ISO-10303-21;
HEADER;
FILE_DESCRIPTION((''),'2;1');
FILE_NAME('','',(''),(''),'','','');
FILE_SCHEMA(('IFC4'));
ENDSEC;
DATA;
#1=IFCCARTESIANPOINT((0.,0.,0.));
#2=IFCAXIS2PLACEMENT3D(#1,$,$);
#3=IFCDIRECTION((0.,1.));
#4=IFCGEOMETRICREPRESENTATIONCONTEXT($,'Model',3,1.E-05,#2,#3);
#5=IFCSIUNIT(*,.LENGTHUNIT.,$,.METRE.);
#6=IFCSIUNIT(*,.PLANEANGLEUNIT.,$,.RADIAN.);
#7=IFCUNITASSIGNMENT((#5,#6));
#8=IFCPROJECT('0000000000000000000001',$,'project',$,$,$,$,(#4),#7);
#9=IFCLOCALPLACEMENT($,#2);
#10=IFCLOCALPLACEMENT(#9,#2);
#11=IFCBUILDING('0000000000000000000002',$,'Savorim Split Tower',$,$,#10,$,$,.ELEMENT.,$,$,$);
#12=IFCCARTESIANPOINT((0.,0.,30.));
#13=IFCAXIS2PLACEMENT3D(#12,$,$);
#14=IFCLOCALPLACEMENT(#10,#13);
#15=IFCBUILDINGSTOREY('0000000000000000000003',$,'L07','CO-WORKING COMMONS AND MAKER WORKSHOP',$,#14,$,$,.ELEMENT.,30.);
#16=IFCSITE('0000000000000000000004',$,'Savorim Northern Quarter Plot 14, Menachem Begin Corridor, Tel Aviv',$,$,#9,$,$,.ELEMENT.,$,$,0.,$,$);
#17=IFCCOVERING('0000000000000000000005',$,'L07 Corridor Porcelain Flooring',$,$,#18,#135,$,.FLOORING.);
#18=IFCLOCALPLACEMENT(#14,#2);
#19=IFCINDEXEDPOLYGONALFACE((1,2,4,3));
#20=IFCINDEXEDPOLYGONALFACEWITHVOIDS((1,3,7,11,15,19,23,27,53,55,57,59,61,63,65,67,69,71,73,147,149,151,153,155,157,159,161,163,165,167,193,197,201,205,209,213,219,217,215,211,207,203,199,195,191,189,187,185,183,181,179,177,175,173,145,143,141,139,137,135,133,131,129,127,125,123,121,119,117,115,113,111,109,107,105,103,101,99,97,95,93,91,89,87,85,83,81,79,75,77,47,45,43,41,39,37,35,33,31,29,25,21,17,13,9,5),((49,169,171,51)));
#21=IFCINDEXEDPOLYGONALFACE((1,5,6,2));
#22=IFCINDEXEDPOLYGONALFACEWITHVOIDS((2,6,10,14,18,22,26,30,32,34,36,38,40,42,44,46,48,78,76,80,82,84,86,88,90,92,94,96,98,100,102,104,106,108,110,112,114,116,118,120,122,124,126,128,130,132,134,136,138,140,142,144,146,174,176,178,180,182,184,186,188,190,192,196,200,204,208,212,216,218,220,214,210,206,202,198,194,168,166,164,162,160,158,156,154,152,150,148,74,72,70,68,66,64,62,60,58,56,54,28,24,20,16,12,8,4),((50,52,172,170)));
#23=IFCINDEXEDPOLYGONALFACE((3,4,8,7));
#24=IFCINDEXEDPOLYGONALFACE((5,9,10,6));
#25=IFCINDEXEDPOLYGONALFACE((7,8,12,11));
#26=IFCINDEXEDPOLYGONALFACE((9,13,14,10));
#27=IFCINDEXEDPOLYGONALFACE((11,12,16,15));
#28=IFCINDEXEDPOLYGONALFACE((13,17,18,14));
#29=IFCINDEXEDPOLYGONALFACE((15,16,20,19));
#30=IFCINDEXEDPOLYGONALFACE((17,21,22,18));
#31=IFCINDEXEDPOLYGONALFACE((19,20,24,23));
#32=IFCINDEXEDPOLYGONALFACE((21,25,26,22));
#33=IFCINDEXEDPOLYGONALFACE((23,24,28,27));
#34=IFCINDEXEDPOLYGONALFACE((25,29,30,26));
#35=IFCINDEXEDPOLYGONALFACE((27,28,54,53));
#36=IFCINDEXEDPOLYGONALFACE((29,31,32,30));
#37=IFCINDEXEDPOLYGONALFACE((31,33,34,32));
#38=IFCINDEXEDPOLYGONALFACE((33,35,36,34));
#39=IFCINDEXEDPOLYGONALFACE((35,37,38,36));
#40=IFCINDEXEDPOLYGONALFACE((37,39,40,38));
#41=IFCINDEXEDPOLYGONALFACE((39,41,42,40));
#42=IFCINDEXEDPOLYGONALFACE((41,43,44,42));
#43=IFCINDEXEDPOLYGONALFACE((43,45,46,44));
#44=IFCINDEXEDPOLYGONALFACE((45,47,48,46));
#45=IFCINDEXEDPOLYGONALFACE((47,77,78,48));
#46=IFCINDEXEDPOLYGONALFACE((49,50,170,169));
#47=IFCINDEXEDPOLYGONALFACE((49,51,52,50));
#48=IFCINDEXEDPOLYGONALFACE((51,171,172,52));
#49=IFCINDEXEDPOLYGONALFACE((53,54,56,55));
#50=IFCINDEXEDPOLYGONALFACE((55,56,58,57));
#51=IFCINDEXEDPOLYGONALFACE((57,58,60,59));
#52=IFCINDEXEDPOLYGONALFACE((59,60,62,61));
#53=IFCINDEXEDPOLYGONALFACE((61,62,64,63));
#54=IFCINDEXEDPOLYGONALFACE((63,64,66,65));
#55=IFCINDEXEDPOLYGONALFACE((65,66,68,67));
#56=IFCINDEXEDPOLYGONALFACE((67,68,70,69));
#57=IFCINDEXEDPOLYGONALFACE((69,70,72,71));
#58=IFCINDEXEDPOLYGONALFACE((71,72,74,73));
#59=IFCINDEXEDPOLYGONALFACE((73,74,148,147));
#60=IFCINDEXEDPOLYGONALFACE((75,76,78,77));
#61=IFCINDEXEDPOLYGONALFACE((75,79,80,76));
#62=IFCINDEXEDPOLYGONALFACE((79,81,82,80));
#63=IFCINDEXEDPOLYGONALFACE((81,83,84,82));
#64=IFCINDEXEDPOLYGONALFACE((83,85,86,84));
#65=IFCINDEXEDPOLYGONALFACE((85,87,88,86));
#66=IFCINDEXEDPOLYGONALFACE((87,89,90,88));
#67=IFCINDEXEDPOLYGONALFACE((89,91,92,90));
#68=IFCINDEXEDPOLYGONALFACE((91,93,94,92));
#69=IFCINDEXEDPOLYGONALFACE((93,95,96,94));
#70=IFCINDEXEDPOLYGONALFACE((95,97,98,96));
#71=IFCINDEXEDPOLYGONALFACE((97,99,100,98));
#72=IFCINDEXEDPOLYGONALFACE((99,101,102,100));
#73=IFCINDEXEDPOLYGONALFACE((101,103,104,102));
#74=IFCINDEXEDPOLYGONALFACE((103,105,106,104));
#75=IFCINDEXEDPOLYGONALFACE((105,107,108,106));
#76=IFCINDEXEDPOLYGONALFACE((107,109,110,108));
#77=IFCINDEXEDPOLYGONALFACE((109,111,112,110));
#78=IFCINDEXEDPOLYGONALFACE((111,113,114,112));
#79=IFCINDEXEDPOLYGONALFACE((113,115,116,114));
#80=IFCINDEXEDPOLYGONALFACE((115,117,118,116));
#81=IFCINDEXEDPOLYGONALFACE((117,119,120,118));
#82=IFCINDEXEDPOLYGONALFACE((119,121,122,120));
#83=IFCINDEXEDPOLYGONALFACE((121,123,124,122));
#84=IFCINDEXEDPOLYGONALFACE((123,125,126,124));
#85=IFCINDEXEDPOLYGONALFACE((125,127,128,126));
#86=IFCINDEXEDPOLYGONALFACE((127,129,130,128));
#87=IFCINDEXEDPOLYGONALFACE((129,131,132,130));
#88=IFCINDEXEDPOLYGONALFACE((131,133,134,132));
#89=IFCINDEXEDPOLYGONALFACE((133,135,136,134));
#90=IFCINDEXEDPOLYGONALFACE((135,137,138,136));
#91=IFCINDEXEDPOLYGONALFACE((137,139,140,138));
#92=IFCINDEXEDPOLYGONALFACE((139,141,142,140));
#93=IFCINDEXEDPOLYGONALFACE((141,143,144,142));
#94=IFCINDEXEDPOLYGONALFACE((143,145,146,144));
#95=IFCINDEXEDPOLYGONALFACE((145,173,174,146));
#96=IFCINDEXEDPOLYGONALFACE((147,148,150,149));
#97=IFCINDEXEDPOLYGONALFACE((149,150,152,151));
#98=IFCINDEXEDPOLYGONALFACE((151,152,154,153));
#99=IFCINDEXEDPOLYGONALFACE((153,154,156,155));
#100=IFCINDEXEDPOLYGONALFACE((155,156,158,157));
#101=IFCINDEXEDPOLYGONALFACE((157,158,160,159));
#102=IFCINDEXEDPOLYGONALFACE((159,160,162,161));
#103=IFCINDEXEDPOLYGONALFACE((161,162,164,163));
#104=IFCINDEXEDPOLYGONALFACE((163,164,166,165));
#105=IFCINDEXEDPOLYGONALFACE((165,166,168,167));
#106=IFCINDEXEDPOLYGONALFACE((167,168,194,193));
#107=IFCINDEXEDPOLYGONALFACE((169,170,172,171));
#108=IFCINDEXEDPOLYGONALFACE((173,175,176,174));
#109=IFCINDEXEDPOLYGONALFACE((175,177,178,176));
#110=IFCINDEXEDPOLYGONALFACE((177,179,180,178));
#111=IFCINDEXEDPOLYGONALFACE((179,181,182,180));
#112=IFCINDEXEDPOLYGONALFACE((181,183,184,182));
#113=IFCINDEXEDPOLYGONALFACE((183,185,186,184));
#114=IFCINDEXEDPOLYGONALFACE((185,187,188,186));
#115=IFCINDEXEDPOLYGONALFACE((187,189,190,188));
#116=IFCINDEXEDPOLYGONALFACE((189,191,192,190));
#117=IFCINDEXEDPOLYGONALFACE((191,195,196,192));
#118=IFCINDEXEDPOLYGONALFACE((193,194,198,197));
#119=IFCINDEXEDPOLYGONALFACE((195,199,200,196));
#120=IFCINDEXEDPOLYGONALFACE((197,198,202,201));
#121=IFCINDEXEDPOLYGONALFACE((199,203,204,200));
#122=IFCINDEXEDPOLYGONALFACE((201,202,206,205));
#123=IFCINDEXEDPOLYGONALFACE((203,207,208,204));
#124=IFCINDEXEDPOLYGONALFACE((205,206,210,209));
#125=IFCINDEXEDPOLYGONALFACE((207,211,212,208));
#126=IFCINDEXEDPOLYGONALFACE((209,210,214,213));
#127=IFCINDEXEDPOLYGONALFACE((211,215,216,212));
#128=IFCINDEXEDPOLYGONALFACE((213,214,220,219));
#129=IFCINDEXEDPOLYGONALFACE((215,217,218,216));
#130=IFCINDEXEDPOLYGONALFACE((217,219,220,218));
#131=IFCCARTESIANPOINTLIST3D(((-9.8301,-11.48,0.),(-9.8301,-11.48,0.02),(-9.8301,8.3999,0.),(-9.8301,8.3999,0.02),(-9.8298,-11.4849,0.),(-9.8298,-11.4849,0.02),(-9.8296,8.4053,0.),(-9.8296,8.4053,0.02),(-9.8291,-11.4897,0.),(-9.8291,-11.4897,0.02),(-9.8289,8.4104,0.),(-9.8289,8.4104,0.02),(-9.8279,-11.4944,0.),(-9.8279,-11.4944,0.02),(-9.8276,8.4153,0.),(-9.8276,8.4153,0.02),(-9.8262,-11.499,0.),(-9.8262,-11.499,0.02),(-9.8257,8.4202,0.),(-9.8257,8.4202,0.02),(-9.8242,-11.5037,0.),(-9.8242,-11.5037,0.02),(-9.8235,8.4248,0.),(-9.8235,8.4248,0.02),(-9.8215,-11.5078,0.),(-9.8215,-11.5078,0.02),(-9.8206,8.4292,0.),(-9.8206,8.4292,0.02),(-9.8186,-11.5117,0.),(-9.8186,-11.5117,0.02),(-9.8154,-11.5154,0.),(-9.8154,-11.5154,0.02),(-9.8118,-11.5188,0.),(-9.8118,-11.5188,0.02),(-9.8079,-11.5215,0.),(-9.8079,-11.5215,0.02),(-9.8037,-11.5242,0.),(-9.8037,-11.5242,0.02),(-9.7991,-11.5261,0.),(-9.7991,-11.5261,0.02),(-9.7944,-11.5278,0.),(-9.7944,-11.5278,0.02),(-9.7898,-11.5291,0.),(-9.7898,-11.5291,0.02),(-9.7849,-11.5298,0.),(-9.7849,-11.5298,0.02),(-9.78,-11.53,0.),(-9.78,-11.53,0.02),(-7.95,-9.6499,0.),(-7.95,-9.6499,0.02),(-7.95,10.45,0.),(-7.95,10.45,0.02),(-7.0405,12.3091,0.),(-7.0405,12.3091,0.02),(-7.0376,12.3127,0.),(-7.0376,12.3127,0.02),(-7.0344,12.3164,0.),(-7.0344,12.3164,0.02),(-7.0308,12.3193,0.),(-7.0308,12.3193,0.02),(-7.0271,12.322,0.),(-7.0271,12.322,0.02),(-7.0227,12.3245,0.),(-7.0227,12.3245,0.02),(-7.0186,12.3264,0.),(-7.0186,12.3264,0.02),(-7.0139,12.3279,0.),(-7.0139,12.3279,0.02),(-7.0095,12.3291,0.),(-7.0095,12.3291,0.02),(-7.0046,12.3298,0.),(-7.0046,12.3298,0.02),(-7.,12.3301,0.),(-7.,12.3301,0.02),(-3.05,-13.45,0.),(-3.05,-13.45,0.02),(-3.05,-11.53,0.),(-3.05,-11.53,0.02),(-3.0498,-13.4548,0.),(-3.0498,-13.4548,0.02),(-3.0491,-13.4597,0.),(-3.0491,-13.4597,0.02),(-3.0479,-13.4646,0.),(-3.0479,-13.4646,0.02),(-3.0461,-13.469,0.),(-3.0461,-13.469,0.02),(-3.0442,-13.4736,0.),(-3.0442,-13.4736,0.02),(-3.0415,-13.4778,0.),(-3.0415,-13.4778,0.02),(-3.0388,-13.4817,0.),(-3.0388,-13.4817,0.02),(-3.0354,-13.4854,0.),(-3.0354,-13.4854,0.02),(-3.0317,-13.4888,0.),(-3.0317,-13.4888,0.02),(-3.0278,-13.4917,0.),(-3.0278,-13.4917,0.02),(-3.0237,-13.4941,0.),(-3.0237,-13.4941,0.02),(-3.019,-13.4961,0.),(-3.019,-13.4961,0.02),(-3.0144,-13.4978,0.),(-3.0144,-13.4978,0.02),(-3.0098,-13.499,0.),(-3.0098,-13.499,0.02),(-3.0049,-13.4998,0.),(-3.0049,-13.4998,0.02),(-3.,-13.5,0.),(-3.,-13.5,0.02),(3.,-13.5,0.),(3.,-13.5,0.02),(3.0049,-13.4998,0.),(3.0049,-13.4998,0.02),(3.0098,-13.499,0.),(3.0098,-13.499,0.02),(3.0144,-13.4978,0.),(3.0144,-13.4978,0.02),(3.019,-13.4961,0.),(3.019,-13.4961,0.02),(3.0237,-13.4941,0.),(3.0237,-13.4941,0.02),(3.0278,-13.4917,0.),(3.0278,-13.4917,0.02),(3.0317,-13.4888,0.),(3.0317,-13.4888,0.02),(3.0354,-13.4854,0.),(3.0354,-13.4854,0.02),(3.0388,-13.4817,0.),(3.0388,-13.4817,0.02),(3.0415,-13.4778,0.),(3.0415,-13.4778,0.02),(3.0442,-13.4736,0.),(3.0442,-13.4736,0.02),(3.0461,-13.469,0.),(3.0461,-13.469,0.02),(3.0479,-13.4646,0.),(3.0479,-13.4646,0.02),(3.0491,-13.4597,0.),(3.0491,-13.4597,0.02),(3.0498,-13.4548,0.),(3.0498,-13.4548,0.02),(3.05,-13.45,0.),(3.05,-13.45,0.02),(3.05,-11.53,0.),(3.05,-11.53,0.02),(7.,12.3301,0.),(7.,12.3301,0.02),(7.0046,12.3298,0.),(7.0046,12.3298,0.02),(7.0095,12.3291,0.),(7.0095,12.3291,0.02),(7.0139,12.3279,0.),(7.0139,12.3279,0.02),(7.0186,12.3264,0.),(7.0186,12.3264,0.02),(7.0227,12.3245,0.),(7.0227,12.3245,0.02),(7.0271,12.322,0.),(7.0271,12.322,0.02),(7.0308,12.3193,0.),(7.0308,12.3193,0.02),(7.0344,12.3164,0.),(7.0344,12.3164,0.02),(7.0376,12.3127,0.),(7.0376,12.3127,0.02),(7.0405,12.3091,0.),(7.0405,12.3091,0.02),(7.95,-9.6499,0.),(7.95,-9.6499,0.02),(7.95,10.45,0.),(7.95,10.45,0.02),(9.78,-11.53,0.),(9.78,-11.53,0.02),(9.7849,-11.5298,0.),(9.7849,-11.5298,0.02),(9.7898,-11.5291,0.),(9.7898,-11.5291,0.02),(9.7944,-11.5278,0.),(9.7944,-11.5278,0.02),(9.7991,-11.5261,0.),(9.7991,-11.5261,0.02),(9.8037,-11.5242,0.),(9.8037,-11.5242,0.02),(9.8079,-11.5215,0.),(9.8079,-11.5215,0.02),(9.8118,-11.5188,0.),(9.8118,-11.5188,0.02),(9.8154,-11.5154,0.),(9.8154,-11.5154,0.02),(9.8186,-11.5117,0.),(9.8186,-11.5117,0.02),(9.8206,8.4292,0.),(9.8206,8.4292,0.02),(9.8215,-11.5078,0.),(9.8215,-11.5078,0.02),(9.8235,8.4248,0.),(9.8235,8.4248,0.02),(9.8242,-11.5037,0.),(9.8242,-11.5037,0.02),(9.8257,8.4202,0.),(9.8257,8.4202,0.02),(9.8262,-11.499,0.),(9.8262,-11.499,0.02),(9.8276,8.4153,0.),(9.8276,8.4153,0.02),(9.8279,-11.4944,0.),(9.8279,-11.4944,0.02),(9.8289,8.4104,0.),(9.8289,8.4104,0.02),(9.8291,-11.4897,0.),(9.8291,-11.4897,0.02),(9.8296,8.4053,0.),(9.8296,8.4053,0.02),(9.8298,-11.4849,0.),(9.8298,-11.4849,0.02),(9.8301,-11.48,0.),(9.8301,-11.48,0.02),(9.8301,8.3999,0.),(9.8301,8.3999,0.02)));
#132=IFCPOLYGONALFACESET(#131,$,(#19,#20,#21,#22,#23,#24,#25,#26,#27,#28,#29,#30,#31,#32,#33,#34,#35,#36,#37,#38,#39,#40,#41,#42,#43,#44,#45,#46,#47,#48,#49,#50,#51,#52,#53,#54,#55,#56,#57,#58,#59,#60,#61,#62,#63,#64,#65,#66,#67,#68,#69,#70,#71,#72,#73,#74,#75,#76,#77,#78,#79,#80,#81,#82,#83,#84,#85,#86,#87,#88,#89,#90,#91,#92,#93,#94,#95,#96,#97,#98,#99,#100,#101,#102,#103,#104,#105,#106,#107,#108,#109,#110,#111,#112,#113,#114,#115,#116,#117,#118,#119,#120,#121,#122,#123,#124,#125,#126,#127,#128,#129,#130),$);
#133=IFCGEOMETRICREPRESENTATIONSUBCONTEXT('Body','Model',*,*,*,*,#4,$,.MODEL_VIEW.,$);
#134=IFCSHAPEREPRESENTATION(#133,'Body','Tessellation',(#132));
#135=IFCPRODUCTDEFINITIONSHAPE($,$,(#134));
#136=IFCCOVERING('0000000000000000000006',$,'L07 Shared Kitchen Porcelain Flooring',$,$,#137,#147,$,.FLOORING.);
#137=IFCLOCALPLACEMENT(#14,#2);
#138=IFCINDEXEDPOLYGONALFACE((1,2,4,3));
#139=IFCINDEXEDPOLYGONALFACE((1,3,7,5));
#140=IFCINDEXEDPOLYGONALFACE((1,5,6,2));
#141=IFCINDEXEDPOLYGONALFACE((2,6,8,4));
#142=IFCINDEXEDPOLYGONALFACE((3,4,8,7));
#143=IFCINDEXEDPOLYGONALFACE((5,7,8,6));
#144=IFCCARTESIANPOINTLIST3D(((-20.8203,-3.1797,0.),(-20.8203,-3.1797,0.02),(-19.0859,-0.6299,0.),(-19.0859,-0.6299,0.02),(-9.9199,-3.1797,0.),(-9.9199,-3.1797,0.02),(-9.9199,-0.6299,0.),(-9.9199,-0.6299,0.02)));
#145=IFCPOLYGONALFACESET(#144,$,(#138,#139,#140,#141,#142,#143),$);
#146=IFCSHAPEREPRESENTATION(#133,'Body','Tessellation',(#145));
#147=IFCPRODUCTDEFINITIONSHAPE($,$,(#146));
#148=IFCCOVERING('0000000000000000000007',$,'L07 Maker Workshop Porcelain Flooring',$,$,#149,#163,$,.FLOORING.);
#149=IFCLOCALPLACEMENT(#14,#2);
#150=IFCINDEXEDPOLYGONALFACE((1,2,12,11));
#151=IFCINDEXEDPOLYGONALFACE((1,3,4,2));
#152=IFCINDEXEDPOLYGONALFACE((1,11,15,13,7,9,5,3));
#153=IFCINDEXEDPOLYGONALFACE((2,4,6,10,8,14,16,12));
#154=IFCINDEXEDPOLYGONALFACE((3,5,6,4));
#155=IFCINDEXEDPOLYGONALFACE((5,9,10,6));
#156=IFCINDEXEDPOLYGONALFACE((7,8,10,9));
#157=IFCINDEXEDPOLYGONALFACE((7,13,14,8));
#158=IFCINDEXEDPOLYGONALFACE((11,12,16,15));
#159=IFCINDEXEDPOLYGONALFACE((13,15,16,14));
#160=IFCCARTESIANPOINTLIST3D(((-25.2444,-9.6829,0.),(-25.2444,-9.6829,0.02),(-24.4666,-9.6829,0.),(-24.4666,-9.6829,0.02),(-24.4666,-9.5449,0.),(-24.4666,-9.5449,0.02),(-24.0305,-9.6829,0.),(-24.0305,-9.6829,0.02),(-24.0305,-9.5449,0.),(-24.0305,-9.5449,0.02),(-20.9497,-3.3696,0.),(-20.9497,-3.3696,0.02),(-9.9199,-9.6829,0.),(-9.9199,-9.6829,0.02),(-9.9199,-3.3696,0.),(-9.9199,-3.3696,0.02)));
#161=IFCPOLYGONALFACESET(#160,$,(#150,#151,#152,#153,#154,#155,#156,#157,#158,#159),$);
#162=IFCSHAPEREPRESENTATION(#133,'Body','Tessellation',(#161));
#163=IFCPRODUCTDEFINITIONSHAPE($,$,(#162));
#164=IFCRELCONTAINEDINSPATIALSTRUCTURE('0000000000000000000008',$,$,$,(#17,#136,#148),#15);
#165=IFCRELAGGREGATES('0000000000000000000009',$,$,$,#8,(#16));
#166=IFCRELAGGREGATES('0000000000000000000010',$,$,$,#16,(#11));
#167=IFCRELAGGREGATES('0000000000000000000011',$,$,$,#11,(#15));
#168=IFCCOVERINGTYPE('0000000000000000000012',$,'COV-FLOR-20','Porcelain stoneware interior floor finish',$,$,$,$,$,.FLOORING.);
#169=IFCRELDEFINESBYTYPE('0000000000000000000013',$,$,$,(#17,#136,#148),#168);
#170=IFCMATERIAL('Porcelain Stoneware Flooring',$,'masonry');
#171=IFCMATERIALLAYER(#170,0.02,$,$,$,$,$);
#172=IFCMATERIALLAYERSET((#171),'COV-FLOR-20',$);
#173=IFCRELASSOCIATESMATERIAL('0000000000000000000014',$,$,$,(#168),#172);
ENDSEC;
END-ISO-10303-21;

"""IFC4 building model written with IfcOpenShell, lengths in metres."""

from ifc_helpers import new_model, si_unit, direction, frame, origin, place, context, subcontext, project, spatial, polyline, outline, extrude, material, layer, layer_set, type_object, element, save


model = new_model("IFC4")

# Units and contexts
model_context = context("Model", 3, precision=1e-05, world=origin(), true_north=direction((0.0, 1.0)))
body_context = subcontext(model_context, "Body", "Model", "MODEL_VIEW")
ifc_project = project(units=[si_unit("LENGTHUNIT", "METRE"), si_unit("PLANEANGLEUNIT", "RADIAN")], contexts=[model_context])

# Site, building, storey
site_placement = place(None, origin())
site = spatial("IfcSite", under=ifc_project, at=site_placement, Name="Savorim Northern Quarter Plot 14, Menachem Begin Corridor, Tel Aviv", CompositionType="ELEMENT", RefElevation=0.0)
building_placement = place(site_placement, origin())
building = spatial("IfcBuilding", under=site, at=building_placement, Name="Savorim Split Tower", CompositionType="ELEMENT")
storey_placement = place(building_placement, frame((0.0, 0.0, 30.0)))
storey = spatial("IfcBuildingStorey", under=building, at=storey_placement, Name="L07", Description="CO-WORKING COMMONS AND MAKER WORKSHOP", CompositionType="ELEMENT", Elevation=30.0)

# Coverings
ifc_material_1 = material(Name="Porcelain Stoneware Flooring", Category="masonry")
ifc_layer_1 = layer(ifc_material_1, 0.02)
ifc_layer_set_1 = layer_set([ifc_layer_1], Name="COV-FLOR-20")
covering_type_1 = type_object("IfcCoveringType", Name="COV-FLOR-20", Description="Porcelain stoneware interior floor finish", PredefinedType="FLOORING", material=ifc_layer_set_1)
covering_1_placement = place(storey_placement, origin())
element("IfcCovering", 1, at=covering_1_placement, inside=storey, type_object=covering_type_1, Name="L07 Corridor Porcelain Flooring", PredefinedType="FLOORING", context=body_context, shape_type="SweptSolid", body=[
    extrude(outline(polyline([(7.0095, 12.3291), (7.0046, 12.3298), (7.0, 12.3301), (-7.0, 12.3301), (-7.0046, 12.3298), (-7.0095, 12.3291), (-7.0139, 12.3279), (-7.0186, 12.3264), (-7.0227, 12.3245), (-7.0271, 12.322), (-7.0308, 12.3193), (-7.0344, 12.3164), (-7.0376, 12.3127), (-7.0405, 12.3091), (-9.8206, 8.4292), (-9.8235, 8.4248), (-9.8257, 8.4202), (-9.8276, 8.4153), (-9.8289, 8.4104), (-9.8296, 8.4053), (-9.8301, 8.3999), (-9.8301, -11.48), (-9.8298, -11.4849), (-9.8291, -11.4897), (-9.8279, -11.4944), (-9.8262, -11.499), (-9.8242, -11.5037), (-9.8215, -11.5078), (-9.8186, -11.5117), (-9.8154, -11.5154), (-9.8118, -11.5188), (-9.8079, -11.5215), (-9.8037, -11.5242), (-9.7991, -11.5261), (-9.7944, -11.5278), (-9.7898, -11.5291), (-9.7849, -11.5298), (-9.78, -11.53), (-3.05, -11.53), (-3.05, -13.45), (-3.0498, -13.4548), (-3.0491, -13.4597), (-3.0479, -13.4646), (-3.0461, -13.469), (-3.0442, -13.4736), (-3.0415, -13.4778), (-3.0388, -13.4817), (-3.0354, -13.4854), (-3.0317, -13.4888), (-3.0278, -13.4917), (-3.0237, -13.4941), (-3.019, -13.4961), (-3.0144, -13.4978), (-3.0098, -13.499), (-3.0049, -13.4998), (-3.0, -13.5), (3.0, -13.5), (3.0049, -13.4998), (3.0098, -13.499), (3.0144, -13.4978), (3.019, -13.4961), (3.0237, -13.4941), (3.0278, -13.4917), (3.0317, -13.4888), (3.0354, -13.4854), (3.0388, -13.4817), (3.0415, -13.4778), (3.0442, -13.4736), (3.0461, -13.469), (3.0479, -13.4646), (3.0491, -13.4597), (3.0498, -13.4548), (3.05, -13.45), (3.05, -11.53), (9.78, -11.53), (9.7849, -11.5298), (9.7898, -11.5291), (9.7944, -11.5278), (9.7991, -11.5261), (9.8037, -11.5242), (9.8079, -11.5215), (9.8118, -11.5188), (9.8154, -11.5154), (9.8186, -11.5117), (9.8215, -11.5078), (9.8242, -11.5037), (9.8262, -11.499), (9.8279, -11.4944), (9.8291, -11.4897), (9.8298, -11.4849), (9.8301, -11.48), (9.8301, 8.3999), (9.8296, 8.4053), (9.8289, 8.4104), (9.8276, 8.4153), (9.8257, 8.4202), (9.8235, 8.4248), (9.8206, 8.4292), (7.0405, 12.3091), (7.0376, 12.3127), (7.0344, 12.3164), (7.0308, 12.3193), (7.0271, 12.322), (7.0227, 12.3245), (7.0186, 12.3264), (7.0139, 12.3279), (7.0095, 12.3291)]), holes=[polyline([(-7.95, 10.45), (-7.95, -9.6499), (7.95, -9.6499), (7.95, 10.45), (-7.95, 10.45)])]), origin(), (0.0, 0.0, 1.0), 0.02),
])
covering_2_placement = place(storey_placement, origin())
element("IfcCovering", 2, at=covering_2_placement, inside=storey, type_object=covering_type_1, Name="L07 Shared Kitchen Porcelain Flooring", PredefinedType="FLOORING", context=body_context, shape_type="SweptSolid", body=[
    extrude(outline(polyline([(-19.0859, -0.6299), (-20.8203, -3.1797), (-9.9199, -3.1797), (-9.9199, -0.6299), (-19.0859, -0.6299)])), origin(), (0.0, 0.0, 1.0), 0.02),
])
covering_3_placement = place(storey_placement, origin())
element("IfcCovering", 3, at=covering_3_placement, inside=storey, type_object=covering_type_1, Name="L07 Maker Workshop Porcelain Flooring", PredefinedType="FLOORING", context=body_context, shape_type="SweptSolid", body=[
    extrude(outline(polyline([(-24.0305, -9.5449), (-24.0305, -9.6829), (-9.9199, -9.6829), (-9.9199, -3.3696), (-20.9497, -3.3696), (-25.2444, -9.6829), (-24.4666, -9.6829), (-24.4666, -9.5449), (-24.0305, -9.5449)])), origin(), (0.0, 0.0, 1.0), 0.02),
])

save(model, "model.ifc")
